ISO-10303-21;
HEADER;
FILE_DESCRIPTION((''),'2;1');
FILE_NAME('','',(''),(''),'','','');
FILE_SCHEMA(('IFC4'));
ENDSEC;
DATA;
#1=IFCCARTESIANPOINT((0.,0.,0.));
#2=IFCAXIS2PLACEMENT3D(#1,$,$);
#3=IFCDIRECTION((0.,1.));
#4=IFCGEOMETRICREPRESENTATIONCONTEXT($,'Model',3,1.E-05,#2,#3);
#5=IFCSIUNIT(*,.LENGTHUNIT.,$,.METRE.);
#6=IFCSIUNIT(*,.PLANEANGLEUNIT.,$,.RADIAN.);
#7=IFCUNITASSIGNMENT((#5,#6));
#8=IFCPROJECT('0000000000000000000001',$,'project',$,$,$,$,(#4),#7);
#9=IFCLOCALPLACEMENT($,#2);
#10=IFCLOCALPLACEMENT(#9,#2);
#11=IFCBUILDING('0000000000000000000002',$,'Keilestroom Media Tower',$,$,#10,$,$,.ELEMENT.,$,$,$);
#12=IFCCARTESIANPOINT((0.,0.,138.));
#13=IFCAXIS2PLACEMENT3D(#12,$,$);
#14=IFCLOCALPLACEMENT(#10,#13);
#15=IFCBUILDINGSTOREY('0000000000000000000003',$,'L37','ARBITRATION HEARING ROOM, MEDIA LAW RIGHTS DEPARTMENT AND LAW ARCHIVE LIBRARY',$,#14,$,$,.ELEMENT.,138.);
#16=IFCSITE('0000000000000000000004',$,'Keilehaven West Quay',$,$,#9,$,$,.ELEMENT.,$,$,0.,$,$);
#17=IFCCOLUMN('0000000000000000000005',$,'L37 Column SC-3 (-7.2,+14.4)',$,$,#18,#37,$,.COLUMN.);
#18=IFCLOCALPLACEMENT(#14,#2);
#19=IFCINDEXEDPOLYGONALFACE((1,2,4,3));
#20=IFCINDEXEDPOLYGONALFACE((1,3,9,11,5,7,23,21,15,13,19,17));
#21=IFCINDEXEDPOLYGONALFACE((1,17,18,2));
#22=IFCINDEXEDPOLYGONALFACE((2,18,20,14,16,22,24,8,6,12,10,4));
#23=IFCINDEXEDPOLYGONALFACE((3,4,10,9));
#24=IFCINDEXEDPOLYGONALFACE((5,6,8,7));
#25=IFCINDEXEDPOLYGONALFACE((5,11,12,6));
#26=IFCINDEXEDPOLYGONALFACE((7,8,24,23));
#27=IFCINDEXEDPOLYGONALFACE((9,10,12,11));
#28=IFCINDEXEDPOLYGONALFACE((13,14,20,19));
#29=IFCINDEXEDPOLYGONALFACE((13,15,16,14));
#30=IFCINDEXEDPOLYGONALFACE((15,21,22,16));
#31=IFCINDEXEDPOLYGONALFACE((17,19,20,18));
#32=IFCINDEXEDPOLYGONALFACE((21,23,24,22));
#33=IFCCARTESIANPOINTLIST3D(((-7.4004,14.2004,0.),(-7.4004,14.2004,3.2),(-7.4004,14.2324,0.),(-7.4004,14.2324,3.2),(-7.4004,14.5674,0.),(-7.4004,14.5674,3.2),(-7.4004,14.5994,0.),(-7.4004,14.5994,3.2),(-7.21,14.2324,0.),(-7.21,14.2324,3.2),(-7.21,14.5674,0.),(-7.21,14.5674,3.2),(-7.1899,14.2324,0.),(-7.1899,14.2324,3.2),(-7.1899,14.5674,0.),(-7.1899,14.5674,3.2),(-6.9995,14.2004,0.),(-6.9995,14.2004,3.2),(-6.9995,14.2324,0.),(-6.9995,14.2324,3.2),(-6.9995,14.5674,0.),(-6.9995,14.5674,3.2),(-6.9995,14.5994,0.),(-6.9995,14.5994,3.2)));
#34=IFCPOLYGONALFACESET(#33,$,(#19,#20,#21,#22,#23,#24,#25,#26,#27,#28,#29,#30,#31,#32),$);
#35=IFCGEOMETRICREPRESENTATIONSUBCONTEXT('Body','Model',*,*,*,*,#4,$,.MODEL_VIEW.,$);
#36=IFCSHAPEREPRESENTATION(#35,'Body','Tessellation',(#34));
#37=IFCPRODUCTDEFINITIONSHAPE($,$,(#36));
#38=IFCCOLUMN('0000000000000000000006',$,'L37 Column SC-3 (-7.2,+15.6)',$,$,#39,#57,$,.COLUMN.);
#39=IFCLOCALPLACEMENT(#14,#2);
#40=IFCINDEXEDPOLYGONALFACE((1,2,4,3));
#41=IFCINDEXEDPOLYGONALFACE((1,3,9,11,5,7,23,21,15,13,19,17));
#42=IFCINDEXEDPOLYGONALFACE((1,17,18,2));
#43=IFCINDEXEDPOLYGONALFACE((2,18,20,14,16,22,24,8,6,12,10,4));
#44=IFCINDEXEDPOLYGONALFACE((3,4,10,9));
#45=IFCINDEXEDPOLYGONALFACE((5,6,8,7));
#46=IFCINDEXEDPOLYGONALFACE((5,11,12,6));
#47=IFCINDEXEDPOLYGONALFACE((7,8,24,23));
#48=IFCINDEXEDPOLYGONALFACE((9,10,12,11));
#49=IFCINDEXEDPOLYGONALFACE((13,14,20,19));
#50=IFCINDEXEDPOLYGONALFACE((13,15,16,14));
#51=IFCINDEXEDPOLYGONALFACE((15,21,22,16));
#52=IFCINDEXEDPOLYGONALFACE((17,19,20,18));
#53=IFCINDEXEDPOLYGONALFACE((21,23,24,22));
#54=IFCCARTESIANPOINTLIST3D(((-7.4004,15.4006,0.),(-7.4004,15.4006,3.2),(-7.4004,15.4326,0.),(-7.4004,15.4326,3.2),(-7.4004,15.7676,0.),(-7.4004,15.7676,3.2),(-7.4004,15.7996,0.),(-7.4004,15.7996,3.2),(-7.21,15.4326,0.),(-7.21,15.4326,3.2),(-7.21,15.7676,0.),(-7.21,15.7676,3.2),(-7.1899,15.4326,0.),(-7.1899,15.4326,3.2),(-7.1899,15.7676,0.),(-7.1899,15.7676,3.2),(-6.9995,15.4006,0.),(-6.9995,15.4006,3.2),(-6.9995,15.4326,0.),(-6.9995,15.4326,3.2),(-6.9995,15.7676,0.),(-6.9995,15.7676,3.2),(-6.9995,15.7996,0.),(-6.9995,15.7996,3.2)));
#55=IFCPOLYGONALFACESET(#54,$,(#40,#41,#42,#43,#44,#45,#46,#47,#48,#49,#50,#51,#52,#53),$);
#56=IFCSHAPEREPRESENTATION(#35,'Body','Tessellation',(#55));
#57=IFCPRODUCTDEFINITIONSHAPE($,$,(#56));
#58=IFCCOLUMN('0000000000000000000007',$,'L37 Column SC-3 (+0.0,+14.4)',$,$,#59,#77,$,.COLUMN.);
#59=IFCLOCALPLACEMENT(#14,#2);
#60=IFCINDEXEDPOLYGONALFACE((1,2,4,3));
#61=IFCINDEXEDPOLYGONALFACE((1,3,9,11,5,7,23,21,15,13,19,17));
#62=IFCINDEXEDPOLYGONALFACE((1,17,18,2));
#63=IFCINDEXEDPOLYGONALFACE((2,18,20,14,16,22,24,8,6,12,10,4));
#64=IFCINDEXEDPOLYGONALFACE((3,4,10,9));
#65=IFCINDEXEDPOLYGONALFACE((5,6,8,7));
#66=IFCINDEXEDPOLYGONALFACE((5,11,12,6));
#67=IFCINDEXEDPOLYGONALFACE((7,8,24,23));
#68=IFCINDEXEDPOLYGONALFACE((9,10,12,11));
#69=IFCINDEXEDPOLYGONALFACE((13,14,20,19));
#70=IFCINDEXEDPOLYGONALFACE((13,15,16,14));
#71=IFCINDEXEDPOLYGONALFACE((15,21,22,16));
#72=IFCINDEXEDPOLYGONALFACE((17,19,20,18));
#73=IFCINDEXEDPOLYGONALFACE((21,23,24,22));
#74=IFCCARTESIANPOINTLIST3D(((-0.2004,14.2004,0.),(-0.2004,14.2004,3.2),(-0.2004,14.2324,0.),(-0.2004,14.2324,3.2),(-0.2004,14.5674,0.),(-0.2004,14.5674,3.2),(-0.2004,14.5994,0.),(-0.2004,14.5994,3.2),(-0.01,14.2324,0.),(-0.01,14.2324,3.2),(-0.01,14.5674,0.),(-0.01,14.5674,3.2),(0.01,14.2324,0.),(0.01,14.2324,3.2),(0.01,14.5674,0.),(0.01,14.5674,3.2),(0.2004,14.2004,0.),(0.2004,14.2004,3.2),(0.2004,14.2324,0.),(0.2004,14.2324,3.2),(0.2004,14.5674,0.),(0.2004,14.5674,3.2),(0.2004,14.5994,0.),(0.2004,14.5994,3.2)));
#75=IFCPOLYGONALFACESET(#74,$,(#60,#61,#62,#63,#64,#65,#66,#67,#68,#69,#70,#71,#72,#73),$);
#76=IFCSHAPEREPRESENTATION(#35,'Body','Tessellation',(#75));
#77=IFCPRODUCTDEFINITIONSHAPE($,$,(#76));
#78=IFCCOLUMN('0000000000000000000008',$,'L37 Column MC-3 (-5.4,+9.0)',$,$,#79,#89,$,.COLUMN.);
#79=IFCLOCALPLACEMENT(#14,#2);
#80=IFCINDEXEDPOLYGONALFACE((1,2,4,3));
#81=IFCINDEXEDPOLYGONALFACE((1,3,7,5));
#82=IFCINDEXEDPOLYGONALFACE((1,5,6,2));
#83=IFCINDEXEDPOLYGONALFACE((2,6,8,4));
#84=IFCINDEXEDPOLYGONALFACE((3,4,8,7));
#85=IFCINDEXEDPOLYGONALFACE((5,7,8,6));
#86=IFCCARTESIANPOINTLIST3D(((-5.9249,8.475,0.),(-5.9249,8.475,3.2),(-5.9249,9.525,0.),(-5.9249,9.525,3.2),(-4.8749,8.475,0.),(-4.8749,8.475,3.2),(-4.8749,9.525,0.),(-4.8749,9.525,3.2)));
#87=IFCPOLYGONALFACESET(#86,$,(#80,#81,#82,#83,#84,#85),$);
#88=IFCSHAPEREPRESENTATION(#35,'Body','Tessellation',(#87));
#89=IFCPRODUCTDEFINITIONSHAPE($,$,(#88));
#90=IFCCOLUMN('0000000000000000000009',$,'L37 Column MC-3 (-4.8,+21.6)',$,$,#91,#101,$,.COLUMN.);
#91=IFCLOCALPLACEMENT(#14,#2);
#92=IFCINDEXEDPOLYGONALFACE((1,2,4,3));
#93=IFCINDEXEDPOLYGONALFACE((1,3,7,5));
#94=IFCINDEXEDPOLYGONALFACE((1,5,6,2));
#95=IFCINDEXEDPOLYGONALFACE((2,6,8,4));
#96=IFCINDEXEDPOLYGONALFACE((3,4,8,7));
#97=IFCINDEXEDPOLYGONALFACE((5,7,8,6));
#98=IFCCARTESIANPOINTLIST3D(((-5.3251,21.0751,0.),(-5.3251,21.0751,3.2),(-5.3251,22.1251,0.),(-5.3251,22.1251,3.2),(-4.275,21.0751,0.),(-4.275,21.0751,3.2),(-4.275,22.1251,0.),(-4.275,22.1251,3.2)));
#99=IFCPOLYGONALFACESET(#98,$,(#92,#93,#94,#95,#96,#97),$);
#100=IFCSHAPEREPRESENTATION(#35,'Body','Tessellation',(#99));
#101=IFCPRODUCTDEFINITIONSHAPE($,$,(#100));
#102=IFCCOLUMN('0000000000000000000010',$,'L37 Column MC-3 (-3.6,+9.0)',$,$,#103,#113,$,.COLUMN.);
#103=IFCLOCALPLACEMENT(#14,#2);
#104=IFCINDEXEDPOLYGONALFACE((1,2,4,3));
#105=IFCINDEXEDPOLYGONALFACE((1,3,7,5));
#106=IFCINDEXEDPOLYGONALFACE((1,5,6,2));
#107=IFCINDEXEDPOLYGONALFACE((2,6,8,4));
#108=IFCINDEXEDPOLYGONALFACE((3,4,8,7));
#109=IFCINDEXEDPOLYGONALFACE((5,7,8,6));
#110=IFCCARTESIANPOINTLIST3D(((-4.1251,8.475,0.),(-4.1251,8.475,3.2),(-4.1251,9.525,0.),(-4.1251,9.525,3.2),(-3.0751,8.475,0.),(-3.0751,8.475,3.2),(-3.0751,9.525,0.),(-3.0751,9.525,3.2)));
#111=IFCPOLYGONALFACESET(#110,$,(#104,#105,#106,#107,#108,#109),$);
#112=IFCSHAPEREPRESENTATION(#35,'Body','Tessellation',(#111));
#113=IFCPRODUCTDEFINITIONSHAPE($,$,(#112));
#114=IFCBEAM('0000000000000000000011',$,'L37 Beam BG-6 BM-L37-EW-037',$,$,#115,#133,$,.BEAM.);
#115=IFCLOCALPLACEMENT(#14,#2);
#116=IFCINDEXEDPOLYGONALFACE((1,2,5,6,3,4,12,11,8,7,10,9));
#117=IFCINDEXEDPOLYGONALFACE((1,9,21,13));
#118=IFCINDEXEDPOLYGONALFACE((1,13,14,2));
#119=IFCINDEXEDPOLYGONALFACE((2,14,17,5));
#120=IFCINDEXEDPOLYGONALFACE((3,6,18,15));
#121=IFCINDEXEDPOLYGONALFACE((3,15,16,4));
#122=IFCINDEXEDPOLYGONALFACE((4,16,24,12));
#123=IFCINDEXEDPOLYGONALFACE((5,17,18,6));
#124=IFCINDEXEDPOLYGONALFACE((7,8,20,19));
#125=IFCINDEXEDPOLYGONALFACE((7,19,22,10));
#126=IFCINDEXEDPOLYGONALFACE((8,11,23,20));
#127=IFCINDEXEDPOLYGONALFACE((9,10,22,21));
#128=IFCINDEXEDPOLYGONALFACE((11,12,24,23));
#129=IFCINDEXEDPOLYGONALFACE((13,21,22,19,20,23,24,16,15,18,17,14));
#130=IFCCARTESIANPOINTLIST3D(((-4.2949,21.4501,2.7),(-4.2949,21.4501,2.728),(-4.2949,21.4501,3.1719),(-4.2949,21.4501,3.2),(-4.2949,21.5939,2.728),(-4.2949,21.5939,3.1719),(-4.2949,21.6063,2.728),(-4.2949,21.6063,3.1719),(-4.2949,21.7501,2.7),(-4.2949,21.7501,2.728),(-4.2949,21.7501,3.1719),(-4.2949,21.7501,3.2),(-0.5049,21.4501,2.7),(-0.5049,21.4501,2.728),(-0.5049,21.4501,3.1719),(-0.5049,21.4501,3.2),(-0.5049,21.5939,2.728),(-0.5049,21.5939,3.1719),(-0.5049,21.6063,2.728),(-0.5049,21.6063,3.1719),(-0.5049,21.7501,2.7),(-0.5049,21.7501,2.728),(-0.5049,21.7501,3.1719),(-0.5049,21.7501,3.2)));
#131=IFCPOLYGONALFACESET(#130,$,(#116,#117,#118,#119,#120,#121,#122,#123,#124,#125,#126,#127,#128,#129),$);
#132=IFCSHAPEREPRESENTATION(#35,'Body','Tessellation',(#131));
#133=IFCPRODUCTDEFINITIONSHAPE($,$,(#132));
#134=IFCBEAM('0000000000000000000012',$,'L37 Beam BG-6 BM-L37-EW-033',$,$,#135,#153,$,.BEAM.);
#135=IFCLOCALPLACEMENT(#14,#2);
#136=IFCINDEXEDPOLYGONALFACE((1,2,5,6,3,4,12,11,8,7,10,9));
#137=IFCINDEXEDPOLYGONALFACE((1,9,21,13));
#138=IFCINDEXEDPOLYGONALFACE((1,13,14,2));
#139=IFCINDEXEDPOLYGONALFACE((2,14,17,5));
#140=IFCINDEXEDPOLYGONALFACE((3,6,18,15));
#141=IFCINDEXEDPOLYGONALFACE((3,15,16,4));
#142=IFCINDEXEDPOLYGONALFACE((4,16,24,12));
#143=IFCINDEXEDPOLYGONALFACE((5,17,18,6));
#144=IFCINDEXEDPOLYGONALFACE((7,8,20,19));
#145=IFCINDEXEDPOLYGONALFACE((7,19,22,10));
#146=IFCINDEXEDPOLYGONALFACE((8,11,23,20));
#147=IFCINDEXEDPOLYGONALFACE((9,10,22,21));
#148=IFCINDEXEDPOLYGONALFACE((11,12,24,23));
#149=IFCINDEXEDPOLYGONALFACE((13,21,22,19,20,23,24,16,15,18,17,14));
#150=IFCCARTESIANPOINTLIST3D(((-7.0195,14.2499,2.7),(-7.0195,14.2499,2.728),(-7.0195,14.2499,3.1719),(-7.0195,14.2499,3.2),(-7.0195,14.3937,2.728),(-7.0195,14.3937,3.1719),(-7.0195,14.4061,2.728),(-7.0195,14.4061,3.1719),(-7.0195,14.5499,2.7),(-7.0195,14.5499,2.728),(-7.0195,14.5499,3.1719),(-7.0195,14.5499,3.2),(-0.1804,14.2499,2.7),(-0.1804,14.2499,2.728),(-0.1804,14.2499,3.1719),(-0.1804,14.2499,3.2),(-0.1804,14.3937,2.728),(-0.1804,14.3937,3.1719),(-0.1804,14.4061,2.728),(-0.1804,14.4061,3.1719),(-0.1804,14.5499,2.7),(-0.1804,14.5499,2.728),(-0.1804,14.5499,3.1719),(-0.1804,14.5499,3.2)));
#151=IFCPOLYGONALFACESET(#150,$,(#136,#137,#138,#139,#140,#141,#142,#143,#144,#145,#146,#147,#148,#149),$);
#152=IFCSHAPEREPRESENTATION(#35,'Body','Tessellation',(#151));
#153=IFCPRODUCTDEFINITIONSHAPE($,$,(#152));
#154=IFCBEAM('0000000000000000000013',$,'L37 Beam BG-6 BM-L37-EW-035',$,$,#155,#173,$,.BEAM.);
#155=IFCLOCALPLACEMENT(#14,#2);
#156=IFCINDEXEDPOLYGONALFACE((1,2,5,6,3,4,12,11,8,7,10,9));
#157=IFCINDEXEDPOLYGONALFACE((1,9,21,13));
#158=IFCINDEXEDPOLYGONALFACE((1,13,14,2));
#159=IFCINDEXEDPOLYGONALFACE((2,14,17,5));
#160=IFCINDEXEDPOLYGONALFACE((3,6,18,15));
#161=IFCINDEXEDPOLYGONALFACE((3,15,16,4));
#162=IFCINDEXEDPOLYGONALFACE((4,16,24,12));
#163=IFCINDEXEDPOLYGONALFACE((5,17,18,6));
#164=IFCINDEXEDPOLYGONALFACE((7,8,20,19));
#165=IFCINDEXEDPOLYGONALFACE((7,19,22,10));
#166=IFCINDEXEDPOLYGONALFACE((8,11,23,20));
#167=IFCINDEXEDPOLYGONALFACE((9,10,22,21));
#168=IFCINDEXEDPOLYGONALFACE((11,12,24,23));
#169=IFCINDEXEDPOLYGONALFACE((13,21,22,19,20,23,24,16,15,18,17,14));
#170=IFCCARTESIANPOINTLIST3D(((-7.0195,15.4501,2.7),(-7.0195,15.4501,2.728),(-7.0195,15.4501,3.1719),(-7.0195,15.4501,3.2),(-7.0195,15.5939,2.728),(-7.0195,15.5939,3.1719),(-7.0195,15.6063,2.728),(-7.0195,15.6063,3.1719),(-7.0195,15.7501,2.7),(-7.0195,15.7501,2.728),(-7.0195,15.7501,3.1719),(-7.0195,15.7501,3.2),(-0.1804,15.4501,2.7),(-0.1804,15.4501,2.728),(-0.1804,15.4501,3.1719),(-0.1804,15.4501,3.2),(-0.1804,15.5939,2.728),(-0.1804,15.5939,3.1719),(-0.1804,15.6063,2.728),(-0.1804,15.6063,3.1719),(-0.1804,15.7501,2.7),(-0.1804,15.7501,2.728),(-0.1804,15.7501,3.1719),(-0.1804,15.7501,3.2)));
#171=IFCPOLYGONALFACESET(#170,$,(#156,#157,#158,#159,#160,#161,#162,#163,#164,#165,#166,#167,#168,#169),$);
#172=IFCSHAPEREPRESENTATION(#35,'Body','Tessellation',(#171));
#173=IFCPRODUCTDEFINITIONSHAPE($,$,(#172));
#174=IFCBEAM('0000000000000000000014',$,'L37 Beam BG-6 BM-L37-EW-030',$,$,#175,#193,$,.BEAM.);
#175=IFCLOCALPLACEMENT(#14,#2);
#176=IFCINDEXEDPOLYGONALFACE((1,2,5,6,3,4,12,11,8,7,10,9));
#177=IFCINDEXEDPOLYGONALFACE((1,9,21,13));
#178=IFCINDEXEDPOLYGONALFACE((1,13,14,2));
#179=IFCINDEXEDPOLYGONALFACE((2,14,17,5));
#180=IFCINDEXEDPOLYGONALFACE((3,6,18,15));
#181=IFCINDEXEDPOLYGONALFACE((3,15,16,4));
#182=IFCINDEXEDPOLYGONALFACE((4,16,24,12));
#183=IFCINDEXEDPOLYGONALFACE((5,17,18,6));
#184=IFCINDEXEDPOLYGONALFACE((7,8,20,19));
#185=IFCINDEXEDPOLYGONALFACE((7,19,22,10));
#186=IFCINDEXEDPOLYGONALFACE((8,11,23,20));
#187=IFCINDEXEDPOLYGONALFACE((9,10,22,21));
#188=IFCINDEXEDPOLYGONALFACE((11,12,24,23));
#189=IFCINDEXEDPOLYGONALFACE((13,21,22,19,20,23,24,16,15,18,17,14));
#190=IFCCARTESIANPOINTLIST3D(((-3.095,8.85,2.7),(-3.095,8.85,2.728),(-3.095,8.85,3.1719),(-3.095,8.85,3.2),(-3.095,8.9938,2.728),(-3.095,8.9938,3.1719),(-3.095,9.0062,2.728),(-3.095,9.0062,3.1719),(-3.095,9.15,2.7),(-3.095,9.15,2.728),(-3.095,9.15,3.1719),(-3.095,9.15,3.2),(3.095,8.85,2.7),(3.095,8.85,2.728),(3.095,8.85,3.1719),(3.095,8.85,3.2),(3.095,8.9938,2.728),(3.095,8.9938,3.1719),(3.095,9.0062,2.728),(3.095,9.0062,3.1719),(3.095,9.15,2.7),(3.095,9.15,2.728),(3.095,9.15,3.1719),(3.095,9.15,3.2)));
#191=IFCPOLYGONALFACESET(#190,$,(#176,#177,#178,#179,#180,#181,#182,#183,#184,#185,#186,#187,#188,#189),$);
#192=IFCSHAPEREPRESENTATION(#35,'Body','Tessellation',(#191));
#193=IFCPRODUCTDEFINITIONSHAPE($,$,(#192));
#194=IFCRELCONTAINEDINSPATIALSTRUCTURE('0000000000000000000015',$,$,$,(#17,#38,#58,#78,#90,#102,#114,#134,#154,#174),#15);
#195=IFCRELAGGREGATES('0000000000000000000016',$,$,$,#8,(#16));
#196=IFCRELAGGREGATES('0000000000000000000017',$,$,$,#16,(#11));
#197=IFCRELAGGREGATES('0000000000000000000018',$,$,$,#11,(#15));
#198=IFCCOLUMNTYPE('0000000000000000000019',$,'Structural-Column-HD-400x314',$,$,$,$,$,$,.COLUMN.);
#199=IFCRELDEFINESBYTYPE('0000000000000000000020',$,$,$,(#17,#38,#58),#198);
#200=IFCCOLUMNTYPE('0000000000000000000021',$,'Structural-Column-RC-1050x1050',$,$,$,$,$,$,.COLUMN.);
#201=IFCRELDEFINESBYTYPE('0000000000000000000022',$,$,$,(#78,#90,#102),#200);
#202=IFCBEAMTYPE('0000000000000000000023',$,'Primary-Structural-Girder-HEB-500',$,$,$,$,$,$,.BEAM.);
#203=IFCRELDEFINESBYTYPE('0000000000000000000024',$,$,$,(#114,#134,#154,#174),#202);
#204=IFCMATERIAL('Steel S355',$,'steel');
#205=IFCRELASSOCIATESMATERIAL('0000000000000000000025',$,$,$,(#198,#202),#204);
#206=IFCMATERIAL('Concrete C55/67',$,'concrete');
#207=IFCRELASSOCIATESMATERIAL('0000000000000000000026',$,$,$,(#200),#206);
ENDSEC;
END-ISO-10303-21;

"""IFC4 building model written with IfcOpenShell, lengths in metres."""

from ifc_helpers import new_model, si_unit, direction, frame, origin, origin_2d, place, context, subcontext, project, spatial, rectangle, i_section, extrude, source, transform, mapped, material, material_profile, profile_set, type_object, element, save


model = new_model("IFC4")

# Units and contexts
model_context = context("Model", 3, precision=1e-05, world=origin(), true_north=direction((0.0, 1.0)))
body_context = subcontext(model_context, "Body", "Model", "MODEL_VIEW")
ifc_project = project(units=[si_unit("LENGTHUNIT", "METRE"), si_unit("PLANEANGLEUNIT", "RADIAN")], contexts=[model_context])

# Site, building, storey
site_placement = place(None, origin())
site = spatial("IfcSite", under=ifc_project, at=site_placement, Name="Keilehaven West Quay", CompositionType="ELEMENT", RefElevation=0.0)
building_placement = place(site_placement, origin())
building = spatial("IfcBuilding", under=site, at=building_placement, Name="Keilestroom Media Tower", CompositionType="ELEMENT")
storey_placement = place(building_placement, frame((0.0, 0.0, 138.0)))
storey = spatial("IfcBuildingStorey", under=building, at=storey_placement, Name="L37", Description="ARBITRATION HEARING ROOM, MEDIA LAW RIGHTS DEPARTMENT AND LAW ARCHIVE LIBRARY", CompositionType="ELEMENT", Elevation=138.0)

# Columns
ifc_material_1 = material(Name="Steel S355", Category="steel")
ifc_material_profile_1 = material_profile(ifc_material_1, i_section(OverallWidth=0.4009, OverallDepth=0.3989, WebThickness=0.02, FlangeThickness=0.032, at=origin_2d()), Name="HD 400x314")
ifc_profile_set_1 = profile_set([ifc_material_profile_1], Name="Steel S355")
column_type_1 = type_object("IfcColumnType", Name="Structural-Column-HD-400x314", PredefinedType="COLUMN", material=ifc_profile_set_1)
shared_shape_1 = source(origin(), body_context, "Body", "SweptSolid", [
    extrude(i_section(OverallWidth=0.4009, OverallDepth=0.3989, WebThickness=0.02, FlangeThickness=0.032, at=origin_2d()), origin(), (0.0, 0.0, 1.0), 3.2),
])
for number, where, z_axis, x_axis, name in (
    (1, (-7.2, 14.3999, 0.0), (0.0, 0.0, 1.0), (1.0, 0.0, 0.0), "L37 Column SC-3 (-7.2,+14.4)"),
    (2, (-7.2, 15.6001, 0.0), (0.0, 0.0, 1.0), (1.0, 0.0, 0.0), "L37 Column SC-3 (-7.2,+15.6)"),
    (3, (0.0, 14.3999, 0.0), (0.0, 0.0, 1.0), (1.0, 0.0, 0.0), "L37 Column SC-3 (+0.0,+14.4)"),
):
    element("IfcColumn", number, at=place(storey_placement, frame(where, z_axis=z_axis, x_axis=x_axis)), inside=storey, type_object=column_type_1, Name=name, PredefinedType="COLUMN", context=body_context, shape_type="MappedRepresentation", body=[
        mapped(shared_shape_1, transform((0.0, 0.0, 0.0), x_axis=(1.0, 0.0, 0.0), y_axis=(0.0, 1.0, 0.0), z_axis=(0.0, 0.0, 1.0), scale=1.0)),
    ])
ifc_material_2 = material(Name="Concrete C55/67", Category="concrete")
ifc_material_profile_2 = material_profile(ifc_material_2, rectangle(XDim=1.05, YDim=1.05, at=origin_2d()), Name="RC 1050x1050")
ifc_profile_set_2 = profile_set([ifc_material_profile_2], Name="Concrete C55/67")
column_type_2 = type_object("IfcColumnType", Name="Structural-Column-RC-1050x1050", PredefinedType="COLUMN", material=ifc_profile_set_2)
shared_shape_2 = source(origin(), body_context, "Body", "SweptSolid", [
    extrude(rectangle(XDim=1.05, YDim=1.05, at=origin_2d()), origin(), (0.0, 0.0, 1.0), 3.2),
])
for number, where, z_axis, x_axis, name in (
    (4, (-5.3999, 9.0, 0.0), (0.0, 0.0, 1.0), (1.0, 0.0, 0.0), "L37 Column MC-3 (-5.4,+9.0)"),
    (5, (-4.8, 21.6001, 0.0), (0.0, 0.0, 1.0), (1.0, 0.0, 0.0), "L37 Column MC-3 (-4.8,+21.6)"),
    (6, (-3.6001, 9.0, 0.0), (0.0, 0.0, 1.0), (1.0, 0.0, 0.0), "L37 Column MC-3 (-3.6,+9.0)"),
):
    element("IfcColumn", number, at=place(storey_placement, frame(where, z_axis=z_axis, x_axis=x_axis)), inside=storey, type_object=column_type_2, Name=name, PredefinedType="COLUMN", context=body_context, shape_type="MappedRepresentation", body=[
        mapped(shared_shape_2, transform((0.0, 0.0, 0.0), x_axis=(1.0, 0.0, 0.0), y_axis=(0.0, 1.0, 0.0), z_axis=(0.0, 0.0, 1.0), scale=1.0)),
    ])

# Beams
ifc_material_profile_3 = material_profile(ifc_material_1, i_section(OverallWidth=0.3, OverallDepth=0.5, WebThickness=0.0125, FlangeThickness=0.0281, at=origin_2d()), Name="HEB 500")
ifc_profile_set_3 = profile_set([ifc_material_profile_3], Name="Steel S355")
beam_type = type_object("IfcBeamType", Name="Primary-Structural-Girder-HEB-500", PredefinedType="BEAM", material=ifc_profile_set_3)
shared_shape_3 = source(origin(), body_context, "Body", "SweptSolid", [
    extrude(i_section(OverallWidth=0.3, OverallDepth=0.5, WebThickness=0.0125, FlangeThickness=0.0281, at=origin_2d()), origin(), (0.0, 0.0, 1.0), 3.79),
])
beam_1_placement = place(storey_placement, frame((-4.2949, 21.6001, 2.95), z_axis=(1.0, 0.0, 0.0), x_axis=(0.0, 1.0, 0.0)))
element("IfcBeam", 7, at=beam_1_placement, inside=storey, type_object=beam_type, Name="L37 Beam BG-6 BM-L37-EW-037", PredefinedType="BEAM", context=body_context, shape_type="MappedRepresentation", body=[
    mapped(shared_shape_3, transform((0.0, 0.0, 0.0), x_axis=(1.0, 0.0, 0.0), y_axis=(0.0, 1.0, 0.0), z_axis=(0.0, 0.0, 1.0), scale=1.0)),
])
shared_shape_4 = source(origin(), body_context, "Body", "SweptSolid", [
    extrude(i_section(OverallWidth=0.3, OverallDepth=0.5, WebThickness=0.0125, FlangeThickness=0.0281, at=origin_2d()), origin(), (0.0, 0.0, 1.0), 6.8391),
])
for number, where, z_axis, x_axis, name in (
    (8, (-7.0195, 14.3999, 2.95), (1.0, 0.0, 0.0), (0.0, 1.0, 0.0), "L37 Beam BG-6 BM-L37-EW-033"),
    (9, (-7.0195, 15.6001, 2.95), (1.0, 0.0, 0.0), (0.0, 1.0, 0.0), "L37 Beam BG-6 BM-L37-EW-035"),
):
    element("IfcBeam", number, at=place(storey_placement, frame(where, z_axis=z_axis, x_axis=x_axis)), inside=storey, type_object=beam_type, Name=name, PredefinedType="BEAM", context=body_context, shape_type="MappedRepresentation", body=[
        mapped(shared_shape_4, transform((0.0, 0.0, 0.0), x_axis=(1.0, 0.0, 0.0), y_axis=(0.0, 1.0, 0.0), z_axis=(0.0, 0.0, 1.0), scale=1.0)),
    ])
shared_shape_5 = source(origin(), body_context, "Body", "SweptSolid", [
    extrude(i_section(OverallWidth=0.3, OverallDepth=0.5, WebThickness=0.0125, FlangeThickness=0.0281, at=origin_2d()), origin(), (0.0, 0.0, 1.0), 6.1899),
])
beam_2_placement = place(storey_placement, frame((-3.095, 9.0, 2.95), z_axis=(1.0, 0.0, 0.0), x_axis=(0.0, 1.0, 0.0)))
element("IfcBeam", 10, at=beam_2_placement, inside=storey, type_object=beam_type, Name="L37 Beam BG-6 BM-L37-EW-030", PredefinedType="BEAM", context=body_context, shape_type="MappedRepresentation", body=[
    mapped(shared_shape_5, transform((0.0, 0.0, 0.0), x_axis=(1.0, 0.0, 0.0), y_axis=(0.0, 1.0, 0.0), z_axis=(0.0, 0.0, 1.0), scale=1.0)),
])

save(model, "model.ifc")
